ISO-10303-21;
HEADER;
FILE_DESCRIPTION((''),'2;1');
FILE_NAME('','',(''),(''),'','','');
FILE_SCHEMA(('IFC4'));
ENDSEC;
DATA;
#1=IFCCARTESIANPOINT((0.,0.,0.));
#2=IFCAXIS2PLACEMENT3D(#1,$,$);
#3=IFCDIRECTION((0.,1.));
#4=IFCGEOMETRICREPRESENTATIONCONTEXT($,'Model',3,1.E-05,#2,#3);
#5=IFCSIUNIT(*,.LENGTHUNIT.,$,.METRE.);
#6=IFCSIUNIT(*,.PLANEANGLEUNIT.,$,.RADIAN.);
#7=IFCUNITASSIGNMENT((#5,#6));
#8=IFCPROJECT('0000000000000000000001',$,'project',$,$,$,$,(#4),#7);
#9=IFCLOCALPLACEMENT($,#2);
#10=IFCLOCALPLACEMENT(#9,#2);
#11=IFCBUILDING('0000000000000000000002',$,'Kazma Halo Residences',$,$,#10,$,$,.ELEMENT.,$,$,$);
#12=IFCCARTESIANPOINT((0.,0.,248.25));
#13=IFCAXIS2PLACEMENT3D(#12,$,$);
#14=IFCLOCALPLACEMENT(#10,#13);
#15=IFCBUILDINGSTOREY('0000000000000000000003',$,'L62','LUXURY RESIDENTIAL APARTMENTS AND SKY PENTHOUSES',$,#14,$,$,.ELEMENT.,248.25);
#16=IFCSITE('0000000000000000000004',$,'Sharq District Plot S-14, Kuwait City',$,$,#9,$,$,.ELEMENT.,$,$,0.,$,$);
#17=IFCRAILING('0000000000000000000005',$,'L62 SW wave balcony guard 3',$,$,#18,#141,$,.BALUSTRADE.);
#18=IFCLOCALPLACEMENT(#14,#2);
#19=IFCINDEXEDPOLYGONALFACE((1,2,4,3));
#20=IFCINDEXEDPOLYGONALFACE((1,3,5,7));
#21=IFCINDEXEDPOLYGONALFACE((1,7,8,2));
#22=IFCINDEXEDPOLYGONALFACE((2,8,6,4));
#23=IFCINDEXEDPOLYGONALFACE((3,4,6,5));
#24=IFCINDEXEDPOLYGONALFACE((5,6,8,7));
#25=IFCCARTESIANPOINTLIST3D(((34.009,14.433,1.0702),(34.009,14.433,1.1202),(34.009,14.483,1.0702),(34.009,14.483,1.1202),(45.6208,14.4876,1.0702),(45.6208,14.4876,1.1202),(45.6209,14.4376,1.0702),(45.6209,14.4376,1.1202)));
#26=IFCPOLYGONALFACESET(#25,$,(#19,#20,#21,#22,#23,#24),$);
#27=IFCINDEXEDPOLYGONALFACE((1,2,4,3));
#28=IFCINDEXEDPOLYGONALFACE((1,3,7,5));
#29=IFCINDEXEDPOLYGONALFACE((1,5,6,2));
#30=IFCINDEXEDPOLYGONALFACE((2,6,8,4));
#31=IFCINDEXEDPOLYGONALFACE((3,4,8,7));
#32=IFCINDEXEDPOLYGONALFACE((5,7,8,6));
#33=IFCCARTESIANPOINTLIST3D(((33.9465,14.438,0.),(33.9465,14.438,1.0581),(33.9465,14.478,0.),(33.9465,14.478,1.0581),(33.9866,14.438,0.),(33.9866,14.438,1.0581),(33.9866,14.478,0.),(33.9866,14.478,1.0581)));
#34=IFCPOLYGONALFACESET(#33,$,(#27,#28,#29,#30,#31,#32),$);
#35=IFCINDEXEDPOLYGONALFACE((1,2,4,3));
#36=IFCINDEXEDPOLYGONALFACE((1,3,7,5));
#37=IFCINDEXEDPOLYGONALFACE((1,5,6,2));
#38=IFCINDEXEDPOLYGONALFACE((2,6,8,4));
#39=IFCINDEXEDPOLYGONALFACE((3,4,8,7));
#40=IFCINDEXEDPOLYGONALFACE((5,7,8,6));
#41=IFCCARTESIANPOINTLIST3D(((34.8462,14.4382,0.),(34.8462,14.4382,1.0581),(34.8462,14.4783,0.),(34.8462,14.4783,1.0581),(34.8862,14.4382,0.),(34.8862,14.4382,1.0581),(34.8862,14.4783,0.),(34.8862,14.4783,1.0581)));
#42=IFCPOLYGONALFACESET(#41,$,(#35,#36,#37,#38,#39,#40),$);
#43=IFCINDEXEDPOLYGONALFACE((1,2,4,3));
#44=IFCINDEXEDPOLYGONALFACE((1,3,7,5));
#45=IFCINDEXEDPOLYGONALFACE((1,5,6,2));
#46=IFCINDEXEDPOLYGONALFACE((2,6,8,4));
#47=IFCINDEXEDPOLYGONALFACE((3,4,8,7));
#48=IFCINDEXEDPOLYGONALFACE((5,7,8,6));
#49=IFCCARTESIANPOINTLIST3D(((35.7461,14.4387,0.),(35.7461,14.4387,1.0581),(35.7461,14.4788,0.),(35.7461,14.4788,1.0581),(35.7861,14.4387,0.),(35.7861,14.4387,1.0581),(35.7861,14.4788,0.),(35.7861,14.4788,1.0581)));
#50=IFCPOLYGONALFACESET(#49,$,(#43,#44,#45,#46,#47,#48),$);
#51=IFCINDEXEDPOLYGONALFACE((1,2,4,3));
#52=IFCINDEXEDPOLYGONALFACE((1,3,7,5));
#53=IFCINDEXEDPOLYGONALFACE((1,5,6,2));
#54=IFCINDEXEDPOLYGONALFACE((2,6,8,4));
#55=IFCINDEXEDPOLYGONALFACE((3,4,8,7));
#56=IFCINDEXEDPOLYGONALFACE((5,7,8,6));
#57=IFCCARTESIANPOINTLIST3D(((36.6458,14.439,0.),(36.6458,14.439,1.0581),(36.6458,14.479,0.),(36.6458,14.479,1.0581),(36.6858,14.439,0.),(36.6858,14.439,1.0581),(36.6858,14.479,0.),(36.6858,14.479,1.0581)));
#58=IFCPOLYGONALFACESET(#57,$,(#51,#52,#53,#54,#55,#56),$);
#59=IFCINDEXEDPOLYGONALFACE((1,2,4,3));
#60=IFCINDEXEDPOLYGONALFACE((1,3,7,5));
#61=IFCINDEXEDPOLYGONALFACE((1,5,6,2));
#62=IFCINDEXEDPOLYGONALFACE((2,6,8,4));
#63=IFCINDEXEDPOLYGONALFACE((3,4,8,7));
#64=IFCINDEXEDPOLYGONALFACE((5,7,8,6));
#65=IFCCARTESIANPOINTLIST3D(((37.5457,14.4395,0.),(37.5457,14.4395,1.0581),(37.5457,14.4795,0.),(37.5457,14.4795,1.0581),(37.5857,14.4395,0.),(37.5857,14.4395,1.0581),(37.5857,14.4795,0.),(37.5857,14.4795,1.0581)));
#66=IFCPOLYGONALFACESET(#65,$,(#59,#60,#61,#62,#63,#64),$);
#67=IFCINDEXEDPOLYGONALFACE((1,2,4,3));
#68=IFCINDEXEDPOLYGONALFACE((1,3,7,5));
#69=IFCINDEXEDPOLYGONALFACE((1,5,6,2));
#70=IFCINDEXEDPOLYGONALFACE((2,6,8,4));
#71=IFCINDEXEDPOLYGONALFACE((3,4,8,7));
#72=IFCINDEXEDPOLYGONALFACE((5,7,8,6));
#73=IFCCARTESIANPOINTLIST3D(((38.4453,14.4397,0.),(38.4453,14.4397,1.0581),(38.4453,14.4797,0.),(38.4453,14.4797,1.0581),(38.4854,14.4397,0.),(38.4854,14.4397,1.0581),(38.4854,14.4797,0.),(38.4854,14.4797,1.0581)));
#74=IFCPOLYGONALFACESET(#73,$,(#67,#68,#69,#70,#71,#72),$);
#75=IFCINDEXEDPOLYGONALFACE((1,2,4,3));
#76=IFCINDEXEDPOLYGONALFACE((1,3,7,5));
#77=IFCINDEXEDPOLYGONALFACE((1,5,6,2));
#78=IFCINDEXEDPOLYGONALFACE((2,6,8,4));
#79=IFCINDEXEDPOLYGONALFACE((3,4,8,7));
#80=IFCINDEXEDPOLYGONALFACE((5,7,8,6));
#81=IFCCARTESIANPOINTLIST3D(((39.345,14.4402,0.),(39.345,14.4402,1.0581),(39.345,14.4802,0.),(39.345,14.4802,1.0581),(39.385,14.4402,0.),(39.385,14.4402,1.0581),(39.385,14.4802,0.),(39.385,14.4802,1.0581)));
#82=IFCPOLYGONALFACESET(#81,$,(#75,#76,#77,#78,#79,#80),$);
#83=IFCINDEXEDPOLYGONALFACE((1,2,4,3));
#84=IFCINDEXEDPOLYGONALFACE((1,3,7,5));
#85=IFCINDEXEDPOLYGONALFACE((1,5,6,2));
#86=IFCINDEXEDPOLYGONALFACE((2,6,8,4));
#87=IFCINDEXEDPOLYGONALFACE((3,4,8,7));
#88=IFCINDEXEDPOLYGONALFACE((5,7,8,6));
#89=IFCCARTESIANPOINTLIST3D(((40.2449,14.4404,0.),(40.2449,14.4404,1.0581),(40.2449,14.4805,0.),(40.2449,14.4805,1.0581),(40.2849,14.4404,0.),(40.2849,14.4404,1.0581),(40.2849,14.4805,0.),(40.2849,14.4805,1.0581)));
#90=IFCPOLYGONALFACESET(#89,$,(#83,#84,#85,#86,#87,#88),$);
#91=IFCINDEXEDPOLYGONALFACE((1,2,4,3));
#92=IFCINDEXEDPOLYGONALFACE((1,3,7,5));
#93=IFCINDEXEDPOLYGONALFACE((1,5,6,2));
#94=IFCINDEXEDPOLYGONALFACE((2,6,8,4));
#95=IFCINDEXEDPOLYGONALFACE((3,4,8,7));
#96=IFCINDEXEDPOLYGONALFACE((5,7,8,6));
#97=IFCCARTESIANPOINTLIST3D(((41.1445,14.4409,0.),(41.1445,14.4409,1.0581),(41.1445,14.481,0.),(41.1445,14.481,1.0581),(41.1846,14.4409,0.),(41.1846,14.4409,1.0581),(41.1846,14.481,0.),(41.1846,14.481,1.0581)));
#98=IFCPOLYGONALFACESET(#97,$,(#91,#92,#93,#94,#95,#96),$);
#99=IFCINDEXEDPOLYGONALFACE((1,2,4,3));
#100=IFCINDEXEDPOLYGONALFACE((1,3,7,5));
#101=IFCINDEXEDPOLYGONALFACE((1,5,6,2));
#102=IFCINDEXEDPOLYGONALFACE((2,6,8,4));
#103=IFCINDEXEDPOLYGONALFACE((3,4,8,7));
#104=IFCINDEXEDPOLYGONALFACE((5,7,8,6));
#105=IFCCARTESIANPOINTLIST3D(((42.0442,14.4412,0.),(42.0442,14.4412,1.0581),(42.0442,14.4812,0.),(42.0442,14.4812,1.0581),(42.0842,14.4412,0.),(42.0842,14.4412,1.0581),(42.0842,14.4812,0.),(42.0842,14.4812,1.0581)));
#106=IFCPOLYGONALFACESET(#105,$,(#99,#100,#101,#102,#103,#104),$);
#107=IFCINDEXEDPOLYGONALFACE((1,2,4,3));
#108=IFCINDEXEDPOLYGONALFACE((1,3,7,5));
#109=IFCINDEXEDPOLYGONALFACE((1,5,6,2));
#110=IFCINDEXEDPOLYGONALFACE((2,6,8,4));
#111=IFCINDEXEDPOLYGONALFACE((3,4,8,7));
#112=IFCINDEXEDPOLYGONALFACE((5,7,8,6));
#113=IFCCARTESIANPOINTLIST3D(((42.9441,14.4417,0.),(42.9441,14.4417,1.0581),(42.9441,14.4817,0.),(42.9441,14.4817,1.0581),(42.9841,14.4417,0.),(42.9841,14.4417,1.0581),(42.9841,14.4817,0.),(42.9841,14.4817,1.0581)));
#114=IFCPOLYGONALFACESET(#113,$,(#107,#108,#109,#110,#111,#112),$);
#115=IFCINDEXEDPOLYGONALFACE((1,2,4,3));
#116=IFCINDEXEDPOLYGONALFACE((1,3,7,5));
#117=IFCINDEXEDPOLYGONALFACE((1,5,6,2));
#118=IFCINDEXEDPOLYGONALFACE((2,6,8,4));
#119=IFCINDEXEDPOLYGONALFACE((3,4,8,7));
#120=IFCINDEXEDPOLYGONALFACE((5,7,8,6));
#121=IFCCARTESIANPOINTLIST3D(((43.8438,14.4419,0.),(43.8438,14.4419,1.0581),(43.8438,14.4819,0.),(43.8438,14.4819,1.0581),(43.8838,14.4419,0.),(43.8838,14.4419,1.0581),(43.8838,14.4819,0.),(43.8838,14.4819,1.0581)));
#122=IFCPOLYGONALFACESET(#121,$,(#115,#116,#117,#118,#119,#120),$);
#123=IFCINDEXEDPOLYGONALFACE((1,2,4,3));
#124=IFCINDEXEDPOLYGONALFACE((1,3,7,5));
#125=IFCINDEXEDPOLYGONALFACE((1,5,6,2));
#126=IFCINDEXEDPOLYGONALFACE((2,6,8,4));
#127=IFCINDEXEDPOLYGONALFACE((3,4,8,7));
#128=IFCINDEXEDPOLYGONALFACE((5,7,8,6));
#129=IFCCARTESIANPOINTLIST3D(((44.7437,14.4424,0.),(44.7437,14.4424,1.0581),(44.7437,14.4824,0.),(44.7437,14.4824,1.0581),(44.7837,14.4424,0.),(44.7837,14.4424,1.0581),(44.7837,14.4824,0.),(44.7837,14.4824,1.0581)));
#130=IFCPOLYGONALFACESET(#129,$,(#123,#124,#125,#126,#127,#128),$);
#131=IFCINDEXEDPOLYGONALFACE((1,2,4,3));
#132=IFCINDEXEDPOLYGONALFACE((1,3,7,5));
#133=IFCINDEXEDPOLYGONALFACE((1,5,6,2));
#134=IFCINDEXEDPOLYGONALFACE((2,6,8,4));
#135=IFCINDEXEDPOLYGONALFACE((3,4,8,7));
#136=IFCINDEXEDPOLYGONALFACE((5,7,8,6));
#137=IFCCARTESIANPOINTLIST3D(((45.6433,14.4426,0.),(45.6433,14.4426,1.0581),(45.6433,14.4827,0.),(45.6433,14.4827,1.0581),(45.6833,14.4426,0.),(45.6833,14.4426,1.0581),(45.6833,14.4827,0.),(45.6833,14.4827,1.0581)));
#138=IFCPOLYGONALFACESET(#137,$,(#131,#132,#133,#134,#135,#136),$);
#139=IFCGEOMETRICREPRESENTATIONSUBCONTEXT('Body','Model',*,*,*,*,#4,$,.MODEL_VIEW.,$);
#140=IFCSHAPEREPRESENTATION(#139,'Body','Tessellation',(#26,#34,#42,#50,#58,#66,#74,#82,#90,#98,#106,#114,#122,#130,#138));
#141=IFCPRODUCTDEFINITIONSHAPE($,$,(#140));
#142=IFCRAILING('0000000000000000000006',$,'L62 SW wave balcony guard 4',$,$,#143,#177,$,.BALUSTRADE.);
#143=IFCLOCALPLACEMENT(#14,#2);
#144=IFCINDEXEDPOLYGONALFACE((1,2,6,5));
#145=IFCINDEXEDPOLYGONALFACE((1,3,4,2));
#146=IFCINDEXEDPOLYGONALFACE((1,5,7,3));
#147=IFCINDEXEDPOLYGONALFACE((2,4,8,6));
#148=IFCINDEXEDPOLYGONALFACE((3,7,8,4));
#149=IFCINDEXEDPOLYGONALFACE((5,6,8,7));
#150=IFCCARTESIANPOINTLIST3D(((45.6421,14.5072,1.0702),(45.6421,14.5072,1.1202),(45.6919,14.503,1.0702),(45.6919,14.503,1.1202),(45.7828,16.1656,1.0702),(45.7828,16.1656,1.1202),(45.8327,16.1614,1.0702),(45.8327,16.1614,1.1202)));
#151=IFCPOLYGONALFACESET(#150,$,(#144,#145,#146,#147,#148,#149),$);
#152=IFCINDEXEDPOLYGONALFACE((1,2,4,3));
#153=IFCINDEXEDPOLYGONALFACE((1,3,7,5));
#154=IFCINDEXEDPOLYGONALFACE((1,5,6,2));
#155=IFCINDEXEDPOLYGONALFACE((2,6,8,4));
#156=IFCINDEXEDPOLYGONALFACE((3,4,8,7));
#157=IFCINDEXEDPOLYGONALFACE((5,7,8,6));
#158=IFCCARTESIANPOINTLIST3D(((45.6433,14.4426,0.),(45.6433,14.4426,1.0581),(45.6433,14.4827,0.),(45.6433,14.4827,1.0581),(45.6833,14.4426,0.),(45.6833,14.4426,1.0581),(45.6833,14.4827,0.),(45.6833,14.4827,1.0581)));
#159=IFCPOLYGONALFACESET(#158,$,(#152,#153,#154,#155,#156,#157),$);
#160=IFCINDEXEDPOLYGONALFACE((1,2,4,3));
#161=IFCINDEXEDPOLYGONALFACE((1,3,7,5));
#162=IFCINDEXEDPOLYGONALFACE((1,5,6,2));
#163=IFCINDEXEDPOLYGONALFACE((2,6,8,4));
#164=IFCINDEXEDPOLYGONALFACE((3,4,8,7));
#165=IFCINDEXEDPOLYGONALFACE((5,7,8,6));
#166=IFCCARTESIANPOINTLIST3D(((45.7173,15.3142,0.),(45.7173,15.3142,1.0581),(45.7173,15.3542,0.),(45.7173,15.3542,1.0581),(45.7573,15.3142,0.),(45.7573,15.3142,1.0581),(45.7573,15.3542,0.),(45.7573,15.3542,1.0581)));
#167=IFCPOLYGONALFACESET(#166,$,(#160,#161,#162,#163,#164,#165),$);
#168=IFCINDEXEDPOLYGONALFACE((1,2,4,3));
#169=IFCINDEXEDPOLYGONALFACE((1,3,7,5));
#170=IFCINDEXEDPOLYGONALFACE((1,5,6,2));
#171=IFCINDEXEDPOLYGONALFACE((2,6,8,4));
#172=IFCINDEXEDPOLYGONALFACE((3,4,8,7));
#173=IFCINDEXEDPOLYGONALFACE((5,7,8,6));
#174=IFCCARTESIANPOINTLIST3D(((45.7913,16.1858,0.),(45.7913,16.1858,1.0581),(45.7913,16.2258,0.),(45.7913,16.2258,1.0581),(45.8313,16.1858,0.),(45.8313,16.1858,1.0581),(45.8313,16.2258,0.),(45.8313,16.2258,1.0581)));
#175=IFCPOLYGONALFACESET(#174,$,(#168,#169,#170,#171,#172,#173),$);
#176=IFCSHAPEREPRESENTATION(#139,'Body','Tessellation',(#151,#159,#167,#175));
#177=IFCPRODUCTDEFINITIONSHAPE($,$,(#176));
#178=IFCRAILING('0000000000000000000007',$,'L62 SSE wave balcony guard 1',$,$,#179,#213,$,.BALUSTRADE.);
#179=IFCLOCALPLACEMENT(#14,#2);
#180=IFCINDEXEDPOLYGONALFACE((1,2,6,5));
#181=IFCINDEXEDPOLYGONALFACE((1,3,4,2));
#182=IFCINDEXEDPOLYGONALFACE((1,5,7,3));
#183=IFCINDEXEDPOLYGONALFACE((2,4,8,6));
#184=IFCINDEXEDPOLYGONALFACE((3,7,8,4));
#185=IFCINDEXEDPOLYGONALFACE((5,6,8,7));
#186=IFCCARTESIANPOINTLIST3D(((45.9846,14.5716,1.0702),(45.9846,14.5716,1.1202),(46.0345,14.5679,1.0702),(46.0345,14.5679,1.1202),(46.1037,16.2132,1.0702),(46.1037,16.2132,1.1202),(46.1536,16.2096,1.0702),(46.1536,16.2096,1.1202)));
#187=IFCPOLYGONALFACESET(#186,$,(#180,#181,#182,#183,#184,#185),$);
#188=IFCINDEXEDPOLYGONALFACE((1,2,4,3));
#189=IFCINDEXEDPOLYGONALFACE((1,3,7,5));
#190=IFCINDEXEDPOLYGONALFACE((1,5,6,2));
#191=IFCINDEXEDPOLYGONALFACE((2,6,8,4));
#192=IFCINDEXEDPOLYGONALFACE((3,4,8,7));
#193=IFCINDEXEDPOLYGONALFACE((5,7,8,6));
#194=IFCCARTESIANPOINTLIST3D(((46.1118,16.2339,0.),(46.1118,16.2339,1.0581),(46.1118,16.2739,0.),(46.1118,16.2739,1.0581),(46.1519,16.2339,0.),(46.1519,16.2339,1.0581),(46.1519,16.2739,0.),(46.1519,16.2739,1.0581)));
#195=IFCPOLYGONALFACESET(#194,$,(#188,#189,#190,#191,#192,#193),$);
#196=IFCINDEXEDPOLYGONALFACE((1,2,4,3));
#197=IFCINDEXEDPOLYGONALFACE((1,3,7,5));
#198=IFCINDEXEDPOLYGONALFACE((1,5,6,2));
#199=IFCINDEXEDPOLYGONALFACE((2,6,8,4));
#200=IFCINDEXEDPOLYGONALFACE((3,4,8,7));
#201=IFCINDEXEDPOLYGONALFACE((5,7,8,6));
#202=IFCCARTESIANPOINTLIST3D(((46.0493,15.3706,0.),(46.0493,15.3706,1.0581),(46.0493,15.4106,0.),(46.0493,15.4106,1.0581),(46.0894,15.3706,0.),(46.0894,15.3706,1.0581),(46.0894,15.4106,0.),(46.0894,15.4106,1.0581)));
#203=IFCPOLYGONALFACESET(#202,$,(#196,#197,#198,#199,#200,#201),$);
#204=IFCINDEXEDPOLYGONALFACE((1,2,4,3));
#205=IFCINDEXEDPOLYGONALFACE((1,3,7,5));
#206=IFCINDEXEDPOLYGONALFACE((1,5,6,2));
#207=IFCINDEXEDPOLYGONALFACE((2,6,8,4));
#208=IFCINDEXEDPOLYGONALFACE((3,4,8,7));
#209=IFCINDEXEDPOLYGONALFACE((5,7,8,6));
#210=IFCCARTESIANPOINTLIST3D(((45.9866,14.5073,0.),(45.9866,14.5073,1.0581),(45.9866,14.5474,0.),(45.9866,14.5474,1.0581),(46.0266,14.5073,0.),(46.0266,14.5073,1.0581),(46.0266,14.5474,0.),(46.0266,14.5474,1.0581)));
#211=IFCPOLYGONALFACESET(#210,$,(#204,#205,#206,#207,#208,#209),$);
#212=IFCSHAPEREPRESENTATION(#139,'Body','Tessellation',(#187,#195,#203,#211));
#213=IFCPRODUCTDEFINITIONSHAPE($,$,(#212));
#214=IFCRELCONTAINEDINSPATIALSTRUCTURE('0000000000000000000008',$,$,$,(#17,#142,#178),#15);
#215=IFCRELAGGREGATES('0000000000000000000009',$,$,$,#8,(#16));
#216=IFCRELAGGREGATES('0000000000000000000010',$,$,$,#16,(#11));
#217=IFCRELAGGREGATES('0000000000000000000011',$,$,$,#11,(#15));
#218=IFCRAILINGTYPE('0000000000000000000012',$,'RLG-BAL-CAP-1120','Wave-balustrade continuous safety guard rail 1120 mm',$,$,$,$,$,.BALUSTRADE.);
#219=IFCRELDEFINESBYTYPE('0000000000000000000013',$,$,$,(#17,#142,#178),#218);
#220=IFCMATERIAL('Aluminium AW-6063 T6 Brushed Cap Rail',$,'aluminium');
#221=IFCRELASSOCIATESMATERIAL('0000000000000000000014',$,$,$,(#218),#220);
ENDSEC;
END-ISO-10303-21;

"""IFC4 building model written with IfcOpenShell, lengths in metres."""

from ifc_helpers import new_model, si_unit, direction, frame, origin, origin_2d, place, context, subcontext, project, spatial, rectangle, extrude, material, type_object, element, save


model = new_model("IFC4")

# Units and contexts
model_context = context("Model", 3, precision=1e-05, world=origin(), true_north=direction((0.0, 1.0)))
body_context = subcontext(model_context, "Body", "Model", "MODEL_VIEW")
ifc_project = project(units=[si_unit("LENGTHUNIT", "METRE"), si_unit("PLANEANGLEUNIT", "RADIAN")], contexts=[model_context])

# Site, building, storey
site_placement = place(None, origin())
site = spatial("IfcSite", under=ifc_project, at=site_placement, Name="Sharq District Plot S-14, Kuwait City", CompositionType="ELEMENT", RefElevation=0.0)
building_placement = place(site_placement, origin())
building = spatial("IfcBuilding", under=site, at=building_placement, Name="Kazma Halo Residences", CompositionType="ELEMENT")
storey_placement = place(building_placement, frame((0.0, 0.0, 248.25)))
storey = spatial("IfcBuildingStorey", under=building, at=storey_placement, Name="L62", Description="LUXURY RESIDENTIAL APARTMENTS AND SKY PENTHOUSES", CompositionType="ELEMENT", Elevation=248.25)

# Railings
ifc_material_1 = material(Name="Aluminium AW-6063 T6 Brushed Cap Rail", Category="aluminium")
railing_type = type_object("IfcRailingType", Name="RLG-BAL-CAP-1120", Description="Wave-balustrade continuous safety guard rail 1120 mm", PredefinedType="BALUSTRADE", material=ifc_material_1)
railing_1_placement = place(storey_placement, frame((33.9666, 14.458, 0.0)))
element("IfcRailing", 1, at=railing_1_placement, inside=storey, type_object=railing_type, Name="L62 SW wave balcony guard 3", PredefinedType="BALUSTRADE", context=body_context, shape_type="SweptSolid", body=[
    extrude(rectangle(XDim=0.05, YDim=0.05, at=origin_2d()), frame((0.0425, 0.0, 1.0952), z_axis=(1.0, 0.000397, 0.0), x_axis=(-0.000397, 1.0, 0.0)), (0.0, 0.0, 1.0), 11.6118),
    extrude(rectangle(XDim=0.04, YDim=0.04, at=origin_2d()), origin(), (0.0, 0.0, 1.0), 1.0581),
    extrude(rectangle(XDim=0.04, YDim=0.04, at=origin_2d()), frame((0.8997, 0.0002, 0.0)), (0.0, 0.0, 1.0), 1.0581),
    extrude(rectangle(XDim=0.04, YDim=0.04, at=origin_2d()), frame((1.7996, 0.0007, 0.0)), (0.0, 0.0, 1.0), 1.0581),
    extrude(rectangle(XDim=0.04, YDim=0.04, at=origin_2d()), frame((2.6992, 0.001, 0.0)), (0.0, 0.0, 1.0), 1.0581),
    extrude(rectangle(XDim=0.04, YDim=0.04, at=origin_2d()), frame((3.5991, 0.0015, 0.0)), (0.0, 0.0, 1.0), 1.0581),
    extrude(rectangle(XDim=0.04, YDim=0.04, at=origin_2d()), frame((4.4988, 0.0017, 0.0)), (0.0, 0.0, 1.0), 1.0581),
    extrude(rectangle(XDim=0.04, YDim=0.04, at=origin_2d()), frame((5.3984, 0.0022, 0.0)), (0.0, 0.0, 1.0), 1.0581),
    extrude(rectangle(XDim=0.04, YDim=0.04, at=origin_2d()), frame((6.2983, 0.0024, 0.0)), (0.0, 0.0, 1.0), 1.0581),
    extrude(rectangle(XDim=0.04, YDim=0.04, at=origin_2d()), frame((7.198, 0.0029, 0.0)), (0.0, 0.0, 1.0), 1.0581),
    extrude(rectangle(XDim=0.04, YDim=0.04, at=origin_2d()), frame((8.0977, 0.0032, 0.0)), (0.0, 0.0, 1.0), 1.0581),
    extrude(rectangle(XDim=0.04, YDim=0.04, at=origin_2d()), frame((8.9976, 0.0037, 0.0)), (0.0, 0.0, 1.0), 1.0581),
    extrude(rectangle(XDim=0.04, YDim=0.04, at=origin_2d()), frame((9.8972, 0.0039, 0.0)), (0.0, 0.0, 1.0), 1.0581),
    extrude(rectangle(XDim=0.04, YDim=0.04, at=origin_2d()), frame((10.7971, 0.0044, 0.0)), (0.0, 0.0, 1.0), 1.0581),
    extrude(rectangle(XDim=0.04, YDim=0.04, at=origin_2d()), frame((11.6968, 0.0046, 0.0)), (0.0, 0.0, 1.0), 1.0581),
])
railing_2_placement = place(storey_placement, frame((45.6633, 14.4626, 0.0)))
element("IfcRailing", 2, at=railing_2_placement, inside=storey, type_object=railing_type, Name="L62 SW wave balcony guard 4", PredefinedType="BALUSTRADE", context=body_context, shape_type="SweptSolid", body=[
    extrude(rectangle(XDim=0.05, YDim=0.05, at=origin_2d()), frame((0.0037, 0.0425, 1.0952), z_axis=(0.08457, 0.996418, 0.0), x_axis=(-0.996418, 0.08457, 0.0)), (0.0, 0.0, 1.0), 1.6643),
    extrude(rectangle(XDim=0.04, YDim=0.04, at=origin_2d()), origin(), (0.0, 0.0, 1.0), 1.0581),
    extrude(rectangle(XDim=0.04, YDim=0.04, at=origin_2d()), frame((0.074, 0.8716, 0.0)), (0.0, 0.0, 1.0), 1.0581),
    extrude(rectangle(XDim=0.04, YDim=0.04, at=origin_2d()), frame((0.1479, 1.7432, 0.0)), (0.0, 0.0, 1.0), 1.0581),
])
railing_3_placement = place(storey_placement, frame((46.1318, 16.2539, 0.0)))
element("IfcRailing", 3, at=railing_3_placement, inside=storey, type_object=railing_type, Name="L62 SSE wave balcony guard 1", PredefinedType="BALUSTRADE", context=body_context, shape_type="SweptSolid", body=[
    extrude(rectangle(XDim=0.05, YDim=0.05, at=origin_2d()), frame((-0.0032, -0.0425, 1.0952), z_axis=(-0.072349, -0.997379, 0.0), x_axis=(0.997379, -0.072349, 0.0)), (0.0, 0.0, 1.0), 1.646),
    extrude(rectangle(XDim=0.04, YDim=0.04, at=origin_2d()), origin(), (0.0, 0.0, 1.0), 1.0581),
    extrude(rectangle(XDim=0.04, YDim=0.04, at=origin_2d()), frame((-0.0625, -0.8633, 0.0)), (0.0, 0.0, 1.0), 1.0581),
    extrude(rectangle(XDim=0.04, YDim=0.04, at=origin_2d()), frame((-0.1252, -1.7266, 0.0)), (0.0, 0.0, 1.0), 1.0581),
])

save(model, "model.ifc")
